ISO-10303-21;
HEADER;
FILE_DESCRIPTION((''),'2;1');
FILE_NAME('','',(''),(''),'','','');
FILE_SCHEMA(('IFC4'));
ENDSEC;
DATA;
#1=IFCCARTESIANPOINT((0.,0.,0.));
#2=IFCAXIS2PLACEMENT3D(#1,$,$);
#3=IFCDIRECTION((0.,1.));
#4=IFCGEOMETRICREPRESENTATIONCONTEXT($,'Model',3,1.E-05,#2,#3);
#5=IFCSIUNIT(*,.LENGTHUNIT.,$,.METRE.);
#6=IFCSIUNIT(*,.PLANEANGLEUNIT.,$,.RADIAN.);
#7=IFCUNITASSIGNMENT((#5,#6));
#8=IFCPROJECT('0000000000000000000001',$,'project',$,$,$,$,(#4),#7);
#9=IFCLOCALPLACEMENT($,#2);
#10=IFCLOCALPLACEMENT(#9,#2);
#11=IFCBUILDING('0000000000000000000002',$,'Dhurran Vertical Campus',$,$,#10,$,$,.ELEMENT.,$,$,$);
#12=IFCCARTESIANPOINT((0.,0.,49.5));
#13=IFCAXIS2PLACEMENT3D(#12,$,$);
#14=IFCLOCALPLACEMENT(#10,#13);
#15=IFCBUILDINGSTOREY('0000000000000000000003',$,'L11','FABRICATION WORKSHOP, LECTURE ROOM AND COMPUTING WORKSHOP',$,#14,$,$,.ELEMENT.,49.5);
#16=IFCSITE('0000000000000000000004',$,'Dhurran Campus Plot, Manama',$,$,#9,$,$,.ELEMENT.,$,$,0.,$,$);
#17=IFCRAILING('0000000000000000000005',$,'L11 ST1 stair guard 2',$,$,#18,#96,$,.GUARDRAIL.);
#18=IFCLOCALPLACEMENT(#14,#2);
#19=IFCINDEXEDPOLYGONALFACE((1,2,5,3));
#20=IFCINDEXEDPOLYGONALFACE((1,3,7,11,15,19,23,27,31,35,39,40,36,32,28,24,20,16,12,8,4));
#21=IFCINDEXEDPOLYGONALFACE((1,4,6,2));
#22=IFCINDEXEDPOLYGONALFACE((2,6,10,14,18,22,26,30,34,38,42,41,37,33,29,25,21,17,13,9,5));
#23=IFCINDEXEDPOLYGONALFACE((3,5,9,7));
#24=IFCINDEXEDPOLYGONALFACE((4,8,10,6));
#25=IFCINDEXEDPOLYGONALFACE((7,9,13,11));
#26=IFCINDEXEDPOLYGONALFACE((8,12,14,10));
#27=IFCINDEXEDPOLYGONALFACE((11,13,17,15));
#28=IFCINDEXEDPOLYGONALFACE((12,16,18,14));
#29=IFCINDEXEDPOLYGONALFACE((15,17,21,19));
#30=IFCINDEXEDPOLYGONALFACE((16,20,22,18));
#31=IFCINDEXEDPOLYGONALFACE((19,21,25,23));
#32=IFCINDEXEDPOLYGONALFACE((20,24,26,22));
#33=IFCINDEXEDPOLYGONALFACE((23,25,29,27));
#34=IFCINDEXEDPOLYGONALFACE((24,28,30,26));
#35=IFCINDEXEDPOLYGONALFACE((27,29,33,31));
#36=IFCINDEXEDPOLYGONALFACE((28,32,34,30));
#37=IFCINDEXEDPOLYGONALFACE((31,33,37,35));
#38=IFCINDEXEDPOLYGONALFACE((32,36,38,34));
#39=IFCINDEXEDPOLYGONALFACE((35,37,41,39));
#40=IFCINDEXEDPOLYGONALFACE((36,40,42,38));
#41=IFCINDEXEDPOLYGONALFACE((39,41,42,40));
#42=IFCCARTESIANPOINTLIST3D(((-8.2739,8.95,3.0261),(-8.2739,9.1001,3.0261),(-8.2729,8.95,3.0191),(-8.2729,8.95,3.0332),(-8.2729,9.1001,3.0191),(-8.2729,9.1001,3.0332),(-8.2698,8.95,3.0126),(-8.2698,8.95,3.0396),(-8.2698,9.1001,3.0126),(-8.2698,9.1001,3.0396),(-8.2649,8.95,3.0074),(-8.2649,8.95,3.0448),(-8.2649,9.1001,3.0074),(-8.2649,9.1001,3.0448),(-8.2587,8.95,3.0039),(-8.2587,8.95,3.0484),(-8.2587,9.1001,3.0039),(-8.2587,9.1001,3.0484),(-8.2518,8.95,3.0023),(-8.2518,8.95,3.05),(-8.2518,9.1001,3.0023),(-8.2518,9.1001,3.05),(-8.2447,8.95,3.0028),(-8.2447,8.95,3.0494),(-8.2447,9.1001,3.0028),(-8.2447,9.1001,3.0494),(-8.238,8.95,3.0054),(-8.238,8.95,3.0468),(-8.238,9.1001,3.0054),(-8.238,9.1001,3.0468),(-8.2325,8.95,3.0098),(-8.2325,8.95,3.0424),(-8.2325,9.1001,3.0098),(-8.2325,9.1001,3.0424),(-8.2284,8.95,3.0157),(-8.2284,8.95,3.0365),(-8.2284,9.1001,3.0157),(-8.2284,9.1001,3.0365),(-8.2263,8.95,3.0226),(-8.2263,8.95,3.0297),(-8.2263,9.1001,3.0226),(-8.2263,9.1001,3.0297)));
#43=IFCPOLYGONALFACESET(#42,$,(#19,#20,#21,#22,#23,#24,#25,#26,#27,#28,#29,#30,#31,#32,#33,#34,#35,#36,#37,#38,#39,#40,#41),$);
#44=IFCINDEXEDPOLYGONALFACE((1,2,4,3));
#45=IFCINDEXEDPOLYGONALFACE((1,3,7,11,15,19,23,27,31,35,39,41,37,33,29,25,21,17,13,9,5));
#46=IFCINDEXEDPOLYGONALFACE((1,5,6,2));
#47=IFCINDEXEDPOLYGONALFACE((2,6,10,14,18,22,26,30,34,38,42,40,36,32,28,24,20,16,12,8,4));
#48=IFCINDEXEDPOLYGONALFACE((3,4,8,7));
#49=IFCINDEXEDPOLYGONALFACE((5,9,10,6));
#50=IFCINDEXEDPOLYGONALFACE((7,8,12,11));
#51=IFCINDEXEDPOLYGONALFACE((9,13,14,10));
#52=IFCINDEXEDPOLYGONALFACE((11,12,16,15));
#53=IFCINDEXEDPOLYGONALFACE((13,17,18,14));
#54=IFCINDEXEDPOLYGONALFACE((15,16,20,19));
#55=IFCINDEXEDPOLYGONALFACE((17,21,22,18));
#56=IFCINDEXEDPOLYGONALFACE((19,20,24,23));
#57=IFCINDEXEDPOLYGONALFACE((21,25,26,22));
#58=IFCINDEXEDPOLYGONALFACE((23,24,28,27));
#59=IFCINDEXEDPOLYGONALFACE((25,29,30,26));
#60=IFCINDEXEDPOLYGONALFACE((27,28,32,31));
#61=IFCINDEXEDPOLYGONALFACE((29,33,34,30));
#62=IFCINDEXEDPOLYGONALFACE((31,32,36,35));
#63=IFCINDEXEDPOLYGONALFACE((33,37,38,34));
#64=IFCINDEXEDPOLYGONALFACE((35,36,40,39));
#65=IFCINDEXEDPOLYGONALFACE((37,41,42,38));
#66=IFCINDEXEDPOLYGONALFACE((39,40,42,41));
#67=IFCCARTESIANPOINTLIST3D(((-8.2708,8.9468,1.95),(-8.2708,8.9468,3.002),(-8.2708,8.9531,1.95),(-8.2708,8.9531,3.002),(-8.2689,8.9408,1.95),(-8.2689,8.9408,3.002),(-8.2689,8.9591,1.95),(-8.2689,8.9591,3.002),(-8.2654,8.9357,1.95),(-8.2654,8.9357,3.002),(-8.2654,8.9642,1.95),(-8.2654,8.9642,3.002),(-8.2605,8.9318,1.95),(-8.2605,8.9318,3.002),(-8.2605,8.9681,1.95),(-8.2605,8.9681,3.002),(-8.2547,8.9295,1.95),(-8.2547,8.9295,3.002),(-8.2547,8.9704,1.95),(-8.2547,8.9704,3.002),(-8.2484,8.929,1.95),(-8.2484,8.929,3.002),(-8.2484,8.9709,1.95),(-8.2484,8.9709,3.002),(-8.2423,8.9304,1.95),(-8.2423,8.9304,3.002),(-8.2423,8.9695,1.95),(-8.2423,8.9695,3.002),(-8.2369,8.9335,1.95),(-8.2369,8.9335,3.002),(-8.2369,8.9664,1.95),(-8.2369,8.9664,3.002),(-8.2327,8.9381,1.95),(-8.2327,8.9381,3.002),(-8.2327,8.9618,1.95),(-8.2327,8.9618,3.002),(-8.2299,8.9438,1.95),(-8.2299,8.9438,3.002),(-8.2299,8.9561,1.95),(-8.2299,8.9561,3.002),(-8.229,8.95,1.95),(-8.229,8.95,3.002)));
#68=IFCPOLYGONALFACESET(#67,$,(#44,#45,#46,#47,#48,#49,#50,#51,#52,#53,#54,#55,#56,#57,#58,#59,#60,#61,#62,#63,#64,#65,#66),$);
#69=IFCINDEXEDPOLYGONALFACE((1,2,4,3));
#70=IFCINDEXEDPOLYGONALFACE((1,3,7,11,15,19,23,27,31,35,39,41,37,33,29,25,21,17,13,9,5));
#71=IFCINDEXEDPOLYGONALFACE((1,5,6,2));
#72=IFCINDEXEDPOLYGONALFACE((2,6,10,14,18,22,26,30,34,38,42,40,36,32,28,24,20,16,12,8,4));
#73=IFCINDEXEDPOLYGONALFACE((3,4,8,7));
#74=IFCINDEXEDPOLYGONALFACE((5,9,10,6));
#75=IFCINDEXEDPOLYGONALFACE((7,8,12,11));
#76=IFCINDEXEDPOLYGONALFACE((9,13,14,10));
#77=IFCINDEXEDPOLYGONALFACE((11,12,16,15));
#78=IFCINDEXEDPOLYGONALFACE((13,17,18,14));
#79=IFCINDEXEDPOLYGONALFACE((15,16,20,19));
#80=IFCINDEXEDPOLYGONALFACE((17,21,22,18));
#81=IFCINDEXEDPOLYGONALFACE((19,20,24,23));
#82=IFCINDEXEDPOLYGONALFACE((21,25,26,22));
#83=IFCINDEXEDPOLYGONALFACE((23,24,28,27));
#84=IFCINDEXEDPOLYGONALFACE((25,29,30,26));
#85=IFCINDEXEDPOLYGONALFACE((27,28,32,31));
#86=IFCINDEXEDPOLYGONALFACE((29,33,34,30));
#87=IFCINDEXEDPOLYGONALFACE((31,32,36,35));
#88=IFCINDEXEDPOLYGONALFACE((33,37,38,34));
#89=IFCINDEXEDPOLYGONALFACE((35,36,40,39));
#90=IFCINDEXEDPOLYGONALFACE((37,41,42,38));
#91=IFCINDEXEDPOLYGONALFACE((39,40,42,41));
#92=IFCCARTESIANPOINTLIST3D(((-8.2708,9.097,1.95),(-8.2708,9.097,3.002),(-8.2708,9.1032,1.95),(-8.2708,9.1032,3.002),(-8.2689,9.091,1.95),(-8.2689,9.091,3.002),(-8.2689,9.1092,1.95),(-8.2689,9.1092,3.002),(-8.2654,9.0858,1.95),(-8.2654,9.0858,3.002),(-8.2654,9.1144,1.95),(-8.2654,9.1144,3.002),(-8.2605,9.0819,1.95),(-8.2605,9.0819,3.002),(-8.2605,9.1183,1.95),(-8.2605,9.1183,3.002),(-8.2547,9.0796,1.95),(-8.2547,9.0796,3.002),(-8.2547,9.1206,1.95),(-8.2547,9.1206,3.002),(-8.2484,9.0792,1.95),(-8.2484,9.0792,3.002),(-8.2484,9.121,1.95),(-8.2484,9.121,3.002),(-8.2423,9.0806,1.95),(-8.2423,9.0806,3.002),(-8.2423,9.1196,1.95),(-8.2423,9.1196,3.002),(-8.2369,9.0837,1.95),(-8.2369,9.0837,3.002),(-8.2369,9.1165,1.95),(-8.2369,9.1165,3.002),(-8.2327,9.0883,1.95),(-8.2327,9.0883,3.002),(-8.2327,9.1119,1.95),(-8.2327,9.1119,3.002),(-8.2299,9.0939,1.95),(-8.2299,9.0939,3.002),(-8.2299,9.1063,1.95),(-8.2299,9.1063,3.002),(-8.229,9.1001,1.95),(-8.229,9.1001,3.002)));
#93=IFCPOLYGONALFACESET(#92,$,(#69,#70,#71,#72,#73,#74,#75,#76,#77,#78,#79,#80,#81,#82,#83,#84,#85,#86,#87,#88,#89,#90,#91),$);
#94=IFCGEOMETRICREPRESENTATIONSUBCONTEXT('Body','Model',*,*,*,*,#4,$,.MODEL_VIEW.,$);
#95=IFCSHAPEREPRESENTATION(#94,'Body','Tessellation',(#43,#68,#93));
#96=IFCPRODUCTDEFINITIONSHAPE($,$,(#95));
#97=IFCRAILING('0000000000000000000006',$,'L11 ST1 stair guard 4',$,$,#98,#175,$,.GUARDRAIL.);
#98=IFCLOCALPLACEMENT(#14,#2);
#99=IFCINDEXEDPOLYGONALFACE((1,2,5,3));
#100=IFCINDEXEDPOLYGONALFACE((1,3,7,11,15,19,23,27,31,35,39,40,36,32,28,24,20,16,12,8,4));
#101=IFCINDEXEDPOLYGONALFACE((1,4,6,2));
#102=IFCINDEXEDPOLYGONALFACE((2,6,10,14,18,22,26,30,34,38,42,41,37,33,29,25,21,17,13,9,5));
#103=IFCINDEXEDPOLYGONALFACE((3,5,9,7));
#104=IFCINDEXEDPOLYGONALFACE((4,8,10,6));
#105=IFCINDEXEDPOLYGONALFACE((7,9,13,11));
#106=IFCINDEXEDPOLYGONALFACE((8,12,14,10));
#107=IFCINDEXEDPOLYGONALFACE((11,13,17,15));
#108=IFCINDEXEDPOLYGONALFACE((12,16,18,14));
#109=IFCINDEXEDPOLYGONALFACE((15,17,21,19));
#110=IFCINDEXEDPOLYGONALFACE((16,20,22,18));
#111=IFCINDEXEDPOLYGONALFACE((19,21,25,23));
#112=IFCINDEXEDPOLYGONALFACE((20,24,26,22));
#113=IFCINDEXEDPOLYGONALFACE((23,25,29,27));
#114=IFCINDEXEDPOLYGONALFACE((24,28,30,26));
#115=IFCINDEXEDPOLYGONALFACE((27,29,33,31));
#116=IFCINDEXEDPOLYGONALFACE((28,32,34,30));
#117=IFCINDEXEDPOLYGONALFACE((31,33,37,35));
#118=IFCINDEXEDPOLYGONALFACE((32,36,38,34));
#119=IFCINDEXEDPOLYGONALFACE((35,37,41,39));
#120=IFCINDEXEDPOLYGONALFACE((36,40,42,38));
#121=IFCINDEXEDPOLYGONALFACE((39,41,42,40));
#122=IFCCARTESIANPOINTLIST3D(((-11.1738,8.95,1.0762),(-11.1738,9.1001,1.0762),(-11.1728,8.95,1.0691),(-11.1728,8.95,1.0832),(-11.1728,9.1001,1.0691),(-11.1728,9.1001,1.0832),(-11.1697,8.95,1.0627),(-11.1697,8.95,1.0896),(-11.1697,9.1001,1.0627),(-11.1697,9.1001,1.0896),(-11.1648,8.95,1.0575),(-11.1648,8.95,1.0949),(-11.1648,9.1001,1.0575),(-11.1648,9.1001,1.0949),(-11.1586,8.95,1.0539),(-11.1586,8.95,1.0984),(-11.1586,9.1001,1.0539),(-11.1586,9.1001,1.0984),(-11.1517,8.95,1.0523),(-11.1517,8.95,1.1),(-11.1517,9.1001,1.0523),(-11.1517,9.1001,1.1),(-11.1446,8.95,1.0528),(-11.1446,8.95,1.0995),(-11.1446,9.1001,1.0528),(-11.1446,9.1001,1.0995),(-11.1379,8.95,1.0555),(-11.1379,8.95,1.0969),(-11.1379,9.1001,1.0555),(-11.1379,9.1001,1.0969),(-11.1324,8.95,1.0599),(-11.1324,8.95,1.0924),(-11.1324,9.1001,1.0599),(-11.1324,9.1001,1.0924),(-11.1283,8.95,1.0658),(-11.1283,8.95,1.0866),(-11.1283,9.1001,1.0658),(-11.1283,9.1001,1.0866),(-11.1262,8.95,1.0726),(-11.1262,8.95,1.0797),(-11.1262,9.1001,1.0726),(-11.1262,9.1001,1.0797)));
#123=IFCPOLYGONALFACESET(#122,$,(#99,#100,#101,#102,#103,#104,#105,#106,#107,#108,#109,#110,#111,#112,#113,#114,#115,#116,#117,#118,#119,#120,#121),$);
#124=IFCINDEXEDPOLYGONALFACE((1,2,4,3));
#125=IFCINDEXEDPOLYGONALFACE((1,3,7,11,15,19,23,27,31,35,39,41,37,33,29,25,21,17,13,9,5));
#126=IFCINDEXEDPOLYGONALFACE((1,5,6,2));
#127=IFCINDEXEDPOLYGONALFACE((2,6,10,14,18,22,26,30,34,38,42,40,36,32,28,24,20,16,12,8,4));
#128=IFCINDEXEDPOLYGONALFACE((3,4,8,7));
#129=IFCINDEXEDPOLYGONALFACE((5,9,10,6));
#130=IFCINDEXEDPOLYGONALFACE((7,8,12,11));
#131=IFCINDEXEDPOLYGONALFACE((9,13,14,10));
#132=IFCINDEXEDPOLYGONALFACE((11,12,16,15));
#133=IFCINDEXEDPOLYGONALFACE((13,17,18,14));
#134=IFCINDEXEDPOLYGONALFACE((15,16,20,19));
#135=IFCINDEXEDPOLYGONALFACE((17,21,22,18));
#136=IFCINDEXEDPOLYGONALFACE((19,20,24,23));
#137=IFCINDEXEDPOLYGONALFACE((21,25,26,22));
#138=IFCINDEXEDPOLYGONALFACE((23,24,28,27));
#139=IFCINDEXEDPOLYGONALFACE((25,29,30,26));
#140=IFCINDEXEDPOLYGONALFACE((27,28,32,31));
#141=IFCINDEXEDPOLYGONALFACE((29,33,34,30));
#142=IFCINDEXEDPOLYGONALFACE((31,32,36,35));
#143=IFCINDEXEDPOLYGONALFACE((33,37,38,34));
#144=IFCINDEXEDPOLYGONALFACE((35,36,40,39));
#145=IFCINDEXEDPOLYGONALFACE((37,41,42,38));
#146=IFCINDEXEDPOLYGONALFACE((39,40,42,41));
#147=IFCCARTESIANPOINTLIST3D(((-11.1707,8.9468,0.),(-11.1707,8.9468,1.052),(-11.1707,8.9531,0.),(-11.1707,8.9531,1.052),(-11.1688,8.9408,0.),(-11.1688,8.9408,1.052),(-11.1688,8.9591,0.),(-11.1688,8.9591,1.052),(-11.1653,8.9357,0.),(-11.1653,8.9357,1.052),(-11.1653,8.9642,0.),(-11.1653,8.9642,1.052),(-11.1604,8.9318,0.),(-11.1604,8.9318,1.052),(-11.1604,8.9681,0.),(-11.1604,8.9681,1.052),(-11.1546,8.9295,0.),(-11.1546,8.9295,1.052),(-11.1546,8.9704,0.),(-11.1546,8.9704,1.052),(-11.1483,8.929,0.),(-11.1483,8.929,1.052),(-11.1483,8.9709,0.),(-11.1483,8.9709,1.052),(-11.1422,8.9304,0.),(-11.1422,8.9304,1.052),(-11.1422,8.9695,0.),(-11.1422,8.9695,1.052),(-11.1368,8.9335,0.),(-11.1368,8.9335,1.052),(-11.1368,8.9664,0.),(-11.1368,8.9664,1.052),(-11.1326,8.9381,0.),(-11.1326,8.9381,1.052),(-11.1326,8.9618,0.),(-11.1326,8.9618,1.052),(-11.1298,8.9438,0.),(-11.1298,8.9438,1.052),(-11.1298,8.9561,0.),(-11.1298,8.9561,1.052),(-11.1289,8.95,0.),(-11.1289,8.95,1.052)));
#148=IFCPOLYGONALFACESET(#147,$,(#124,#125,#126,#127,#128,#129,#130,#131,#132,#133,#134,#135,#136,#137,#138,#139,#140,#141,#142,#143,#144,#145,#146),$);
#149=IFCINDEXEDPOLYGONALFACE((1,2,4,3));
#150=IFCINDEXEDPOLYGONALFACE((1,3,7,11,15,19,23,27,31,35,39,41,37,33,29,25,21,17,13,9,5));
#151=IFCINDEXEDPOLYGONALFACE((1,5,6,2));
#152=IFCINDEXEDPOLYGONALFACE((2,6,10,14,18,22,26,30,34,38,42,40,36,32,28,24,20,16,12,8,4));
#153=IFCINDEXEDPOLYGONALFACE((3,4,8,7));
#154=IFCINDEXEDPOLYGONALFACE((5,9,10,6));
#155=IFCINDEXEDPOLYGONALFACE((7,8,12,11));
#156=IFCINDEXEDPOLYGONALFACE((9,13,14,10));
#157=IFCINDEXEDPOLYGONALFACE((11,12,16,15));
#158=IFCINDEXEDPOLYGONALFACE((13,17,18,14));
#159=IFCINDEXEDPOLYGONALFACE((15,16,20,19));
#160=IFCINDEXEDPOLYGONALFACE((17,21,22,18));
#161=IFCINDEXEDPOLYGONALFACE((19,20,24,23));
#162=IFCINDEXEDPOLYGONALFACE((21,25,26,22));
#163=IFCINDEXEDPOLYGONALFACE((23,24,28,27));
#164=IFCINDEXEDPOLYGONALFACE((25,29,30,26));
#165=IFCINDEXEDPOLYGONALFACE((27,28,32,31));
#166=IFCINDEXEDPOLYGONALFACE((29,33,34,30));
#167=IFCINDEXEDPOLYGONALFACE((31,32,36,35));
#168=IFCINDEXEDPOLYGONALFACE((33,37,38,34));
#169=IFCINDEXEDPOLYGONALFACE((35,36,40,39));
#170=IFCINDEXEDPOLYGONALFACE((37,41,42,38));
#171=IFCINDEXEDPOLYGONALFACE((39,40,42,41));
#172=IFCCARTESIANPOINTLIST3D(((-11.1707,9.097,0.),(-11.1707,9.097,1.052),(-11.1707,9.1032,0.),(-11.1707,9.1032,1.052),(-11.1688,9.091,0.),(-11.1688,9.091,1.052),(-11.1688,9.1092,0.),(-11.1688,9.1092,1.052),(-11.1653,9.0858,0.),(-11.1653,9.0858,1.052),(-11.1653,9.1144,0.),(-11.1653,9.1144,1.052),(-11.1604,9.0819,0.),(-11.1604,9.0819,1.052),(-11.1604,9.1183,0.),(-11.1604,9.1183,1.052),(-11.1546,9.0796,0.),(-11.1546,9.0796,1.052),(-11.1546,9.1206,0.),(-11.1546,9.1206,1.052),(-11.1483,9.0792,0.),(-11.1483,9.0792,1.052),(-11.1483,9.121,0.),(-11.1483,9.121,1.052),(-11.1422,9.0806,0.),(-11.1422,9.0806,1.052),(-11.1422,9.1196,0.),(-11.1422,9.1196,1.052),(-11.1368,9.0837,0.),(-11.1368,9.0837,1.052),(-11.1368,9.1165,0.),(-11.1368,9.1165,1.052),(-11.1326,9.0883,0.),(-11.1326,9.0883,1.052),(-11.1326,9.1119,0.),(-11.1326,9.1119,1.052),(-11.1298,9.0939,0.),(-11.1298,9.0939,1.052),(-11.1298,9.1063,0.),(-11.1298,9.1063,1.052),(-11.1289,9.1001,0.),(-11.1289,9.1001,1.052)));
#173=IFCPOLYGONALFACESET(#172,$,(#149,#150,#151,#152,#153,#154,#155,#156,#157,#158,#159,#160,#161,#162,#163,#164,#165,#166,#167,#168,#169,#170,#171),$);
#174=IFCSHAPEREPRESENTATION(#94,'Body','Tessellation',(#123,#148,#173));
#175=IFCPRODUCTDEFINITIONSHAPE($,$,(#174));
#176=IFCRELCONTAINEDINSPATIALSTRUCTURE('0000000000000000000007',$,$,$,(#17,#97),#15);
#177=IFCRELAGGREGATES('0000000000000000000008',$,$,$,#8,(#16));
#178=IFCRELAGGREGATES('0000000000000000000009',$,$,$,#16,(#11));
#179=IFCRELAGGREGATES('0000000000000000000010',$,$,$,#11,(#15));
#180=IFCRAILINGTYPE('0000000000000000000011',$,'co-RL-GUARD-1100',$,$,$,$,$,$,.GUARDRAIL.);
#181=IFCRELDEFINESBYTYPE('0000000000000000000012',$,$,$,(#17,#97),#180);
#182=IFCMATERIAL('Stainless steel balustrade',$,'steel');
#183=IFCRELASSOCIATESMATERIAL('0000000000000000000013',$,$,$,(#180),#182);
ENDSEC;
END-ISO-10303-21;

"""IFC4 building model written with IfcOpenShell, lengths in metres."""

from ifc_helpers import new_model, si_unit, direction, frame, origin, origin_2d, place, context, subcontext, project, spatial, circle, extrude, material, type_object, element, save


model = new_model("IFC4")

# Units and contexts
model_context = context("Model", 3, precision=1e-05, world=origin(), true_north=direction((0.0, 1.0)))
body_context = subcontext(model_context, "Body", "Model", "MODEL_VIEW")
ifc_project = project(units=[si_unit("LENGTHUNIT", "METRE"), si_unit("PLANEANGLEUNIT", "RADIAN")], contexts=[model_context])

# Site, building, storey
site_placement = place(None, origin())
site = spatial("IfcSite", under=ifc_project, at=site_placement, Name="Dhurran Campus Plot, Manama", CompositionType="ELEMENT", RefElevation=0.0)
building_placement = place(site_placement, origin())
building = spatial("IfcBuilding", under=site, at=building_placement, Name="Dhurran Vertical Campus", CompositionType="ELEMENT")
storey_placement = place(building_placement, frame((0.0, 0.0, 49.5)))
storey = spatial("IfcBuildingStorey", under=building, at=storey_placement, Name="L11", Description="FABRICATION WORKSHOP, LECTURE ROOM AND COMPUTING WORKSHOP", CompositionType="ELEMENT", Elevation=49.5)

# Railings
ifc_material_1 = material(Name="Stainless steel balustrade", Category="steel")
railing_type_1 = type_object("IfcRailingType", Name="co-RL-GUARD-1100", PredefinedType="GUARDRAIL", material=ifc_material_1)
for number, where, name in (
    (1, (-8.25, 8.95, 1.95), "L11 ST1 stair guard 2"),
    (2, (-11.1499, 8.95, 0.0), "L11 ST1 stair guard 4"),
):
    element("IfcRailing", number, at=place(storey_placement, frame(where)), inside=storey, type_object=railing_type_1, Name=name, PredefinedType="GUARDRAIL", context=body_context, shape_type="SweptSolid", body=[
        extrude(circle(Radius=0.0239, at=origin_2d()), frame((0.0, 0.0, 1.0762), z_axis=(0.0, 1.0, 0.0), x_axis=(-1.0, 0.0, 0.0)), (0.0, 0.0, 1.0), 0.1501),
        extrude(circle(Radius=0.021, at=origin_2d()), origin(), (0.0, 0.0, 1.0), 1.052),
        extrude(circle(Radius=0.021, at=origin_2d()), frame((0.0, 0.1501, 0.0)), (0.0, 0.0, 1.0), 1.052),
    ])

save(model, "model.ifc")
